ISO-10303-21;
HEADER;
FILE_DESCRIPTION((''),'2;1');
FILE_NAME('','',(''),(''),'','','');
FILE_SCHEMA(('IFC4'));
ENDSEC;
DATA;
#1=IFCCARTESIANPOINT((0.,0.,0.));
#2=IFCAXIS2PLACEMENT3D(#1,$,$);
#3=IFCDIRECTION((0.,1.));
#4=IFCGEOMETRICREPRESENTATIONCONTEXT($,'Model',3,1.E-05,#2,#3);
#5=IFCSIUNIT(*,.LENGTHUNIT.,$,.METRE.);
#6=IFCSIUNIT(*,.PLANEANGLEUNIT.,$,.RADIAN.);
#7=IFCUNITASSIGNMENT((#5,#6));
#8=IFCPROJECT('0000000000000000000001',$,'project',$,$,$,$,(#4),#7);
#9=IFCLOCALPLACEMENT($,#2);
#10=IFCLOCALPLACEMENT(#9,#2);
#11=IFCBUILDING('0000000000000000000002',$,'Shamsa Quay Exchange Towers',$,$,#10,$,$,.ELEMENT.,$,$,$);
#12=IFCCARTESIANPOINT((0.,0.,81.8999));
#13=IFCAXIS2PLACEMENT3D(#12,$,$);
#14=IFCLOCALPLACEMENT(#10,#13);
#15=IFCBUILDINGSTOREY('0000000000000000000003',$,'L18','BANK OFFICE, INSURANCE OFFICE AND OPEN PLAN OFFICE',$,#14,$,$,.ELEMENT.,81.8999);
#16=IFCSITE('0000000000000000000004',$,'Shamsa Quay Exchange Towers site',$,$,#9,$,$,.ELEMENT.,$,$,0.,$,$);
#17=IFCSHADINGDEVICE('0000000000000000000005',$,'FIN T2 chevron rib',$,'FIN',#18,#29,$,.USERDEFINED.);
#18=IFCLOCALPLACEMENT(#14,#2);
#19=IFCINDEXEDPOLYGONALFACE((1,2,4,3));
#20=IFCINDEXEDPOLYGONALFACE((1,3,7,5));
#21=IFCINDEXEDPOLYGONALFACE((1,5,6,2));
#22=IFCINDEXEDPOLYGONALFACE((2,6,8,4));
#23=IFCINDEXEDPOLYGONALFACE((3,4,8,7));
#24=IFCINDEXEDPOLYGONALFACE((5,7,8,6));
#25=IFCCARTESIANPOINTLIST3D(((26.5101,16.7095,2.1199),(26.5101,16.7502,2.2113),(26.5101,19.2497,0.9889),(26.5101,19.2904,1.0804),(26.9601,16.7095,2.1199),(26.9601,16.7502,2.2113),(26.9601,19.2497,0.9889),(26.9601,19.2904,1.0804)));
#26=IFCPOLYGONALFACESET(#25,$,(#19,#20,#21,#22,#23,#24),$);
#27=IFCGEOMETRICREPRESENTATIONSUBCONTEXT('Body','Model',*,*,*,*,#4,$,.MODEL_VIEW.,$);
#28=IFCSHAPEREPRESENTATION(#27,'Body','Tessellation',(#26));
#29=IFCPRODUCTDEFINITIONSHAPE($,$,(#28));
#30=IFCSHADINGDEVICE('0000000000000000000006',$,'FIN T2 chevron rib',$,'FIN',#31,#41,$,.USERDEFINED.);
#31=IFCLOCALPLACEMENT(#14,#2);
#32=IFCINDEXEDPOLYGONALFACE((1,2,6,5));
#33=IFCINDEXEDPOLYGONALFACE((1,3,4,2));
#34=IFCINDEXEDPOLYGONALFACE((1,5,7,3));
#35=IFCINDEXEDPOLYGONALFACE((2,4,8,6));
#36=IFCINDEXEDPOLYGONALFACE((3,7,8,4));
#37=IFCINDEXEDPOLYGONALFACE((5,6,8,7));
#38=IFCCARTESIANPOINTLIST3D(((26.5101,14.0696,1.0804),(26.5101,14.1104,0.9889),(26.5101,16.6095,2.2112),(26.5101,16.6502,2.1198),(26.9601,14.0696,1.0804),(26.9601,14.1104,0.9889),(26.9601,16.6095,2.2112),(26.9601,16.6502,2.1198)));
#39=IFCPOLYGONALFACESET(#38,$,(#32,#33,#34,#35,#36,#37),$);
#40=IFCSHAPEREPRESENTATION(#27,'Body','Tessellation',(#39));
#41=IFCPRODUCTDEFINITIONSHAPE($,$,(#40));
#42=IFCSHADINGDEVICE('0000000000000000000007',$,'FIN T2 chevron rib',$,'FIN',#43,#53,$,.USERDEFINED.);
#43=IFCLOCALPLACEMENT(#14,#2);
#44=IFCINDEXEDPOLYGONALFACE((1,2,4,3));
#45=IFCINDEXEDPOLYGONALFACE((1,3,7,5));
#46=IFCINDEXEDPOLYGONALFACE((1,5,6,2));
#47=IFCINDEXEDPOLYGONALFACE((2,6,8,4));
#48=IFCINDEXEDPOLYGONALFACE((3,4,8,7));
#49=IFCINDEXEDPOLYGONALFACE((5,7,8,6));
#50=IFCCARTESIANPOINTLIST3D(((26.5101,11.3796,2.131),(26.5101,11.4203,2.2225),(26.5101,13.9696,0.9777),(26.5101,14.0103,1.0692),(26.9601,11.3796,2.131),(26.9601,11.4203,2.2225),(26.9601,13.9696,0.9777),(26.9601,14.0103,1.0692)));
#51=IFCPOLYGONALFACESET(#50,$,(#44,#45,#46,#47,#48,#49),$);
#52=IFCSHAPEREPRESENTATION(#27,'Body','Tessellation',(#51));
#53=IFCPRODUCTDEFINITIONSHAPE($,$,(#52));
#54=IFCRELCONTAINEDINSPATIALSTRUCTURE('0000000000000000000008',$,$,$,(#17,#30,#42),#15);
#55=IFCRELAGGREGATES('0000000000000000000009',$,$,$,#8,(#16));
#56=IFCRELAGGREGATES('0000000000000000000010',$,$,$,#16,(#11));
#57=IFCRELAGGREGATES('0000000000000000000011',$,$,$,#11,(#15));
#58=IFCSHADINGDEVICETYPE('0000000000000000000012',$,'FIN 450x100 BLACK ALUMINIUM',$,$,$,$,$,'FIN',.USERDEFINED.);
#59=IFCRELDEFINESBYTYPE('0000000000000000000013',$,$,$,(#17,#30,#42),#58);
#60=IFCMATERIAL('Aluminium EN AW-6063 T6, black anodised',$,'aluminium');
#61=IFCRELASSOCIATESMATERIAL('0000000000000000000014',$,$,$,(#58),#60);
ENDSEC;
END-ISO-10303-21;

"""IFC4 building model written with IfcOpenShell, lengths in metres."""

from ifc_helpers import new_model, si_unit, direction, frame, origin, origin_2d, place, context, subcontext, project, spatial, rectangle, extrude, material, material_profile, profile_set, type_object, element, save


model = new_model("IFC4")

# Units and contexts
model_context = context("Model", 3, precision=1e-05, world=origin(), true_north=direction((0.0, 1.0)))
body_context = subcontext(model_context, "Body", "Model", "MODEL_VIEW")
ifc_project = project(units=[si_unit("LENGTHUNIT", "METRE"), si_unit("PLANEANGLEUNIT", "RADIAN")], contexts=[model_context])

# Site, building, storey
site_placement = place(None, origin())
site = spatial("IfcSite", under=ifc_project, at=site_placement, Name="Shamsa Quay Exchange Towers site", CompositionType="ELEMENT", RefElevation=0.0)
building_placement = place(site_placement, origin())
building = spatial("IfcBuilding", under=site, at=building_placement, Name="Shamsa Quay Exchange Towers", CompositionType="ELEMENT")
storey_placement = place(building_placement, frame((0.0, 0.0, 81.8999)))
storey = spatial("IfcBuildingStorey", under=building, at=storey_placement, Name="L18", Description="BANK OFFICE, INSURANCE OFFICE AND OPEN PLAN OFFICE", CompositionType="ELEMENT", Elevation=81.8999)

# Shared definitions
ifc_material_1 = material(Name="Aluminium EN AW-6063 T6, black anodised", Category="aluminium")

# Shading devices
ifc_material_profile_1 = material_profile(ifc_material_1, rectangle(XDim=0.45, YDim=0.1001, at=origin_2d()), Name="FIN450x100")
ifc_profile_set_1 = profile_set([ifc_material_profile_1], Name="Aluminium EN AW-6063 T6, black anodised")
shading_device_type = type_object("IfcShadingDeviceType", Name="FIN 450x100 BLACK ALUMINIUM", ElementType="FIN", PredefinedType="USERDEFINED", material=ifc_profile_set_1)
shading_device_1_placement = place(storey_placement, frame((26.7351, 19.27, 1.0347), z_axis=(0.0, -0.913551, 0.406725), x_axis=(1.0, 0.0, 0.0)))
element("IfcShadingDevice", 1, at=shading_device_1_placement, inside=storey, type_object=shading_device_type, Name="FIN T2 chevron rib", ObjectType="FIN", PredefinedType="USERDEFINED", context=body_context, shape_type="SweptSolid", body=[
    extrude(rectangle(XDim=0.45, YDim=0.1001, at=origin_2d()), origin(), (0.0, 0.0, 1.0), 2.7805),
])
shading_device_2_placement = place(storey_placement, frame((26.7351, 16.6299, 2.1655), z_axis=(0.0, -0.913536, -0.406758), x_axis=(1.0, 0.0, 0.0)))
element("IfcShadingDevice", 2, at=shading_device_2_placement, inside=storey, type_object=shading_device_type, Name="FIN T2 chevron rib", ObjectType="FIN", PredefinedType="USERDEFINED", context=body_context, shape_type="SweptSolid", body=[
    extrude(rectangle(XDim=0.45, YDim=0.1001, at=origin_2d()), origin(), (0.0, 0.0, 1.0), 2.7803),
])
shading_device_3_placement = place(storey_placement, frame((26.7351, 13.99, 1.0234), z_axis=(0.0, -0.913527, 0.406778), x_axis=(1.0, 0.0, 0.0)))
element("IfcShadingDevice", 3, at=shading_device_3_placement, inside=storey, type_object=shading_device_type, Name="FIN T2 chevron rib", ObjectType="FIN", PredefinedType="USERDEFINED", context=body_context, shape_type="SweptSolid", body=[
    extrude(rectangle(XDim=0.45, YDim=0.1001, at=origin_2d()), origin(), (0.0, 0.0, 1.0), 2.8352),
])

save(model, "model.ifc")
